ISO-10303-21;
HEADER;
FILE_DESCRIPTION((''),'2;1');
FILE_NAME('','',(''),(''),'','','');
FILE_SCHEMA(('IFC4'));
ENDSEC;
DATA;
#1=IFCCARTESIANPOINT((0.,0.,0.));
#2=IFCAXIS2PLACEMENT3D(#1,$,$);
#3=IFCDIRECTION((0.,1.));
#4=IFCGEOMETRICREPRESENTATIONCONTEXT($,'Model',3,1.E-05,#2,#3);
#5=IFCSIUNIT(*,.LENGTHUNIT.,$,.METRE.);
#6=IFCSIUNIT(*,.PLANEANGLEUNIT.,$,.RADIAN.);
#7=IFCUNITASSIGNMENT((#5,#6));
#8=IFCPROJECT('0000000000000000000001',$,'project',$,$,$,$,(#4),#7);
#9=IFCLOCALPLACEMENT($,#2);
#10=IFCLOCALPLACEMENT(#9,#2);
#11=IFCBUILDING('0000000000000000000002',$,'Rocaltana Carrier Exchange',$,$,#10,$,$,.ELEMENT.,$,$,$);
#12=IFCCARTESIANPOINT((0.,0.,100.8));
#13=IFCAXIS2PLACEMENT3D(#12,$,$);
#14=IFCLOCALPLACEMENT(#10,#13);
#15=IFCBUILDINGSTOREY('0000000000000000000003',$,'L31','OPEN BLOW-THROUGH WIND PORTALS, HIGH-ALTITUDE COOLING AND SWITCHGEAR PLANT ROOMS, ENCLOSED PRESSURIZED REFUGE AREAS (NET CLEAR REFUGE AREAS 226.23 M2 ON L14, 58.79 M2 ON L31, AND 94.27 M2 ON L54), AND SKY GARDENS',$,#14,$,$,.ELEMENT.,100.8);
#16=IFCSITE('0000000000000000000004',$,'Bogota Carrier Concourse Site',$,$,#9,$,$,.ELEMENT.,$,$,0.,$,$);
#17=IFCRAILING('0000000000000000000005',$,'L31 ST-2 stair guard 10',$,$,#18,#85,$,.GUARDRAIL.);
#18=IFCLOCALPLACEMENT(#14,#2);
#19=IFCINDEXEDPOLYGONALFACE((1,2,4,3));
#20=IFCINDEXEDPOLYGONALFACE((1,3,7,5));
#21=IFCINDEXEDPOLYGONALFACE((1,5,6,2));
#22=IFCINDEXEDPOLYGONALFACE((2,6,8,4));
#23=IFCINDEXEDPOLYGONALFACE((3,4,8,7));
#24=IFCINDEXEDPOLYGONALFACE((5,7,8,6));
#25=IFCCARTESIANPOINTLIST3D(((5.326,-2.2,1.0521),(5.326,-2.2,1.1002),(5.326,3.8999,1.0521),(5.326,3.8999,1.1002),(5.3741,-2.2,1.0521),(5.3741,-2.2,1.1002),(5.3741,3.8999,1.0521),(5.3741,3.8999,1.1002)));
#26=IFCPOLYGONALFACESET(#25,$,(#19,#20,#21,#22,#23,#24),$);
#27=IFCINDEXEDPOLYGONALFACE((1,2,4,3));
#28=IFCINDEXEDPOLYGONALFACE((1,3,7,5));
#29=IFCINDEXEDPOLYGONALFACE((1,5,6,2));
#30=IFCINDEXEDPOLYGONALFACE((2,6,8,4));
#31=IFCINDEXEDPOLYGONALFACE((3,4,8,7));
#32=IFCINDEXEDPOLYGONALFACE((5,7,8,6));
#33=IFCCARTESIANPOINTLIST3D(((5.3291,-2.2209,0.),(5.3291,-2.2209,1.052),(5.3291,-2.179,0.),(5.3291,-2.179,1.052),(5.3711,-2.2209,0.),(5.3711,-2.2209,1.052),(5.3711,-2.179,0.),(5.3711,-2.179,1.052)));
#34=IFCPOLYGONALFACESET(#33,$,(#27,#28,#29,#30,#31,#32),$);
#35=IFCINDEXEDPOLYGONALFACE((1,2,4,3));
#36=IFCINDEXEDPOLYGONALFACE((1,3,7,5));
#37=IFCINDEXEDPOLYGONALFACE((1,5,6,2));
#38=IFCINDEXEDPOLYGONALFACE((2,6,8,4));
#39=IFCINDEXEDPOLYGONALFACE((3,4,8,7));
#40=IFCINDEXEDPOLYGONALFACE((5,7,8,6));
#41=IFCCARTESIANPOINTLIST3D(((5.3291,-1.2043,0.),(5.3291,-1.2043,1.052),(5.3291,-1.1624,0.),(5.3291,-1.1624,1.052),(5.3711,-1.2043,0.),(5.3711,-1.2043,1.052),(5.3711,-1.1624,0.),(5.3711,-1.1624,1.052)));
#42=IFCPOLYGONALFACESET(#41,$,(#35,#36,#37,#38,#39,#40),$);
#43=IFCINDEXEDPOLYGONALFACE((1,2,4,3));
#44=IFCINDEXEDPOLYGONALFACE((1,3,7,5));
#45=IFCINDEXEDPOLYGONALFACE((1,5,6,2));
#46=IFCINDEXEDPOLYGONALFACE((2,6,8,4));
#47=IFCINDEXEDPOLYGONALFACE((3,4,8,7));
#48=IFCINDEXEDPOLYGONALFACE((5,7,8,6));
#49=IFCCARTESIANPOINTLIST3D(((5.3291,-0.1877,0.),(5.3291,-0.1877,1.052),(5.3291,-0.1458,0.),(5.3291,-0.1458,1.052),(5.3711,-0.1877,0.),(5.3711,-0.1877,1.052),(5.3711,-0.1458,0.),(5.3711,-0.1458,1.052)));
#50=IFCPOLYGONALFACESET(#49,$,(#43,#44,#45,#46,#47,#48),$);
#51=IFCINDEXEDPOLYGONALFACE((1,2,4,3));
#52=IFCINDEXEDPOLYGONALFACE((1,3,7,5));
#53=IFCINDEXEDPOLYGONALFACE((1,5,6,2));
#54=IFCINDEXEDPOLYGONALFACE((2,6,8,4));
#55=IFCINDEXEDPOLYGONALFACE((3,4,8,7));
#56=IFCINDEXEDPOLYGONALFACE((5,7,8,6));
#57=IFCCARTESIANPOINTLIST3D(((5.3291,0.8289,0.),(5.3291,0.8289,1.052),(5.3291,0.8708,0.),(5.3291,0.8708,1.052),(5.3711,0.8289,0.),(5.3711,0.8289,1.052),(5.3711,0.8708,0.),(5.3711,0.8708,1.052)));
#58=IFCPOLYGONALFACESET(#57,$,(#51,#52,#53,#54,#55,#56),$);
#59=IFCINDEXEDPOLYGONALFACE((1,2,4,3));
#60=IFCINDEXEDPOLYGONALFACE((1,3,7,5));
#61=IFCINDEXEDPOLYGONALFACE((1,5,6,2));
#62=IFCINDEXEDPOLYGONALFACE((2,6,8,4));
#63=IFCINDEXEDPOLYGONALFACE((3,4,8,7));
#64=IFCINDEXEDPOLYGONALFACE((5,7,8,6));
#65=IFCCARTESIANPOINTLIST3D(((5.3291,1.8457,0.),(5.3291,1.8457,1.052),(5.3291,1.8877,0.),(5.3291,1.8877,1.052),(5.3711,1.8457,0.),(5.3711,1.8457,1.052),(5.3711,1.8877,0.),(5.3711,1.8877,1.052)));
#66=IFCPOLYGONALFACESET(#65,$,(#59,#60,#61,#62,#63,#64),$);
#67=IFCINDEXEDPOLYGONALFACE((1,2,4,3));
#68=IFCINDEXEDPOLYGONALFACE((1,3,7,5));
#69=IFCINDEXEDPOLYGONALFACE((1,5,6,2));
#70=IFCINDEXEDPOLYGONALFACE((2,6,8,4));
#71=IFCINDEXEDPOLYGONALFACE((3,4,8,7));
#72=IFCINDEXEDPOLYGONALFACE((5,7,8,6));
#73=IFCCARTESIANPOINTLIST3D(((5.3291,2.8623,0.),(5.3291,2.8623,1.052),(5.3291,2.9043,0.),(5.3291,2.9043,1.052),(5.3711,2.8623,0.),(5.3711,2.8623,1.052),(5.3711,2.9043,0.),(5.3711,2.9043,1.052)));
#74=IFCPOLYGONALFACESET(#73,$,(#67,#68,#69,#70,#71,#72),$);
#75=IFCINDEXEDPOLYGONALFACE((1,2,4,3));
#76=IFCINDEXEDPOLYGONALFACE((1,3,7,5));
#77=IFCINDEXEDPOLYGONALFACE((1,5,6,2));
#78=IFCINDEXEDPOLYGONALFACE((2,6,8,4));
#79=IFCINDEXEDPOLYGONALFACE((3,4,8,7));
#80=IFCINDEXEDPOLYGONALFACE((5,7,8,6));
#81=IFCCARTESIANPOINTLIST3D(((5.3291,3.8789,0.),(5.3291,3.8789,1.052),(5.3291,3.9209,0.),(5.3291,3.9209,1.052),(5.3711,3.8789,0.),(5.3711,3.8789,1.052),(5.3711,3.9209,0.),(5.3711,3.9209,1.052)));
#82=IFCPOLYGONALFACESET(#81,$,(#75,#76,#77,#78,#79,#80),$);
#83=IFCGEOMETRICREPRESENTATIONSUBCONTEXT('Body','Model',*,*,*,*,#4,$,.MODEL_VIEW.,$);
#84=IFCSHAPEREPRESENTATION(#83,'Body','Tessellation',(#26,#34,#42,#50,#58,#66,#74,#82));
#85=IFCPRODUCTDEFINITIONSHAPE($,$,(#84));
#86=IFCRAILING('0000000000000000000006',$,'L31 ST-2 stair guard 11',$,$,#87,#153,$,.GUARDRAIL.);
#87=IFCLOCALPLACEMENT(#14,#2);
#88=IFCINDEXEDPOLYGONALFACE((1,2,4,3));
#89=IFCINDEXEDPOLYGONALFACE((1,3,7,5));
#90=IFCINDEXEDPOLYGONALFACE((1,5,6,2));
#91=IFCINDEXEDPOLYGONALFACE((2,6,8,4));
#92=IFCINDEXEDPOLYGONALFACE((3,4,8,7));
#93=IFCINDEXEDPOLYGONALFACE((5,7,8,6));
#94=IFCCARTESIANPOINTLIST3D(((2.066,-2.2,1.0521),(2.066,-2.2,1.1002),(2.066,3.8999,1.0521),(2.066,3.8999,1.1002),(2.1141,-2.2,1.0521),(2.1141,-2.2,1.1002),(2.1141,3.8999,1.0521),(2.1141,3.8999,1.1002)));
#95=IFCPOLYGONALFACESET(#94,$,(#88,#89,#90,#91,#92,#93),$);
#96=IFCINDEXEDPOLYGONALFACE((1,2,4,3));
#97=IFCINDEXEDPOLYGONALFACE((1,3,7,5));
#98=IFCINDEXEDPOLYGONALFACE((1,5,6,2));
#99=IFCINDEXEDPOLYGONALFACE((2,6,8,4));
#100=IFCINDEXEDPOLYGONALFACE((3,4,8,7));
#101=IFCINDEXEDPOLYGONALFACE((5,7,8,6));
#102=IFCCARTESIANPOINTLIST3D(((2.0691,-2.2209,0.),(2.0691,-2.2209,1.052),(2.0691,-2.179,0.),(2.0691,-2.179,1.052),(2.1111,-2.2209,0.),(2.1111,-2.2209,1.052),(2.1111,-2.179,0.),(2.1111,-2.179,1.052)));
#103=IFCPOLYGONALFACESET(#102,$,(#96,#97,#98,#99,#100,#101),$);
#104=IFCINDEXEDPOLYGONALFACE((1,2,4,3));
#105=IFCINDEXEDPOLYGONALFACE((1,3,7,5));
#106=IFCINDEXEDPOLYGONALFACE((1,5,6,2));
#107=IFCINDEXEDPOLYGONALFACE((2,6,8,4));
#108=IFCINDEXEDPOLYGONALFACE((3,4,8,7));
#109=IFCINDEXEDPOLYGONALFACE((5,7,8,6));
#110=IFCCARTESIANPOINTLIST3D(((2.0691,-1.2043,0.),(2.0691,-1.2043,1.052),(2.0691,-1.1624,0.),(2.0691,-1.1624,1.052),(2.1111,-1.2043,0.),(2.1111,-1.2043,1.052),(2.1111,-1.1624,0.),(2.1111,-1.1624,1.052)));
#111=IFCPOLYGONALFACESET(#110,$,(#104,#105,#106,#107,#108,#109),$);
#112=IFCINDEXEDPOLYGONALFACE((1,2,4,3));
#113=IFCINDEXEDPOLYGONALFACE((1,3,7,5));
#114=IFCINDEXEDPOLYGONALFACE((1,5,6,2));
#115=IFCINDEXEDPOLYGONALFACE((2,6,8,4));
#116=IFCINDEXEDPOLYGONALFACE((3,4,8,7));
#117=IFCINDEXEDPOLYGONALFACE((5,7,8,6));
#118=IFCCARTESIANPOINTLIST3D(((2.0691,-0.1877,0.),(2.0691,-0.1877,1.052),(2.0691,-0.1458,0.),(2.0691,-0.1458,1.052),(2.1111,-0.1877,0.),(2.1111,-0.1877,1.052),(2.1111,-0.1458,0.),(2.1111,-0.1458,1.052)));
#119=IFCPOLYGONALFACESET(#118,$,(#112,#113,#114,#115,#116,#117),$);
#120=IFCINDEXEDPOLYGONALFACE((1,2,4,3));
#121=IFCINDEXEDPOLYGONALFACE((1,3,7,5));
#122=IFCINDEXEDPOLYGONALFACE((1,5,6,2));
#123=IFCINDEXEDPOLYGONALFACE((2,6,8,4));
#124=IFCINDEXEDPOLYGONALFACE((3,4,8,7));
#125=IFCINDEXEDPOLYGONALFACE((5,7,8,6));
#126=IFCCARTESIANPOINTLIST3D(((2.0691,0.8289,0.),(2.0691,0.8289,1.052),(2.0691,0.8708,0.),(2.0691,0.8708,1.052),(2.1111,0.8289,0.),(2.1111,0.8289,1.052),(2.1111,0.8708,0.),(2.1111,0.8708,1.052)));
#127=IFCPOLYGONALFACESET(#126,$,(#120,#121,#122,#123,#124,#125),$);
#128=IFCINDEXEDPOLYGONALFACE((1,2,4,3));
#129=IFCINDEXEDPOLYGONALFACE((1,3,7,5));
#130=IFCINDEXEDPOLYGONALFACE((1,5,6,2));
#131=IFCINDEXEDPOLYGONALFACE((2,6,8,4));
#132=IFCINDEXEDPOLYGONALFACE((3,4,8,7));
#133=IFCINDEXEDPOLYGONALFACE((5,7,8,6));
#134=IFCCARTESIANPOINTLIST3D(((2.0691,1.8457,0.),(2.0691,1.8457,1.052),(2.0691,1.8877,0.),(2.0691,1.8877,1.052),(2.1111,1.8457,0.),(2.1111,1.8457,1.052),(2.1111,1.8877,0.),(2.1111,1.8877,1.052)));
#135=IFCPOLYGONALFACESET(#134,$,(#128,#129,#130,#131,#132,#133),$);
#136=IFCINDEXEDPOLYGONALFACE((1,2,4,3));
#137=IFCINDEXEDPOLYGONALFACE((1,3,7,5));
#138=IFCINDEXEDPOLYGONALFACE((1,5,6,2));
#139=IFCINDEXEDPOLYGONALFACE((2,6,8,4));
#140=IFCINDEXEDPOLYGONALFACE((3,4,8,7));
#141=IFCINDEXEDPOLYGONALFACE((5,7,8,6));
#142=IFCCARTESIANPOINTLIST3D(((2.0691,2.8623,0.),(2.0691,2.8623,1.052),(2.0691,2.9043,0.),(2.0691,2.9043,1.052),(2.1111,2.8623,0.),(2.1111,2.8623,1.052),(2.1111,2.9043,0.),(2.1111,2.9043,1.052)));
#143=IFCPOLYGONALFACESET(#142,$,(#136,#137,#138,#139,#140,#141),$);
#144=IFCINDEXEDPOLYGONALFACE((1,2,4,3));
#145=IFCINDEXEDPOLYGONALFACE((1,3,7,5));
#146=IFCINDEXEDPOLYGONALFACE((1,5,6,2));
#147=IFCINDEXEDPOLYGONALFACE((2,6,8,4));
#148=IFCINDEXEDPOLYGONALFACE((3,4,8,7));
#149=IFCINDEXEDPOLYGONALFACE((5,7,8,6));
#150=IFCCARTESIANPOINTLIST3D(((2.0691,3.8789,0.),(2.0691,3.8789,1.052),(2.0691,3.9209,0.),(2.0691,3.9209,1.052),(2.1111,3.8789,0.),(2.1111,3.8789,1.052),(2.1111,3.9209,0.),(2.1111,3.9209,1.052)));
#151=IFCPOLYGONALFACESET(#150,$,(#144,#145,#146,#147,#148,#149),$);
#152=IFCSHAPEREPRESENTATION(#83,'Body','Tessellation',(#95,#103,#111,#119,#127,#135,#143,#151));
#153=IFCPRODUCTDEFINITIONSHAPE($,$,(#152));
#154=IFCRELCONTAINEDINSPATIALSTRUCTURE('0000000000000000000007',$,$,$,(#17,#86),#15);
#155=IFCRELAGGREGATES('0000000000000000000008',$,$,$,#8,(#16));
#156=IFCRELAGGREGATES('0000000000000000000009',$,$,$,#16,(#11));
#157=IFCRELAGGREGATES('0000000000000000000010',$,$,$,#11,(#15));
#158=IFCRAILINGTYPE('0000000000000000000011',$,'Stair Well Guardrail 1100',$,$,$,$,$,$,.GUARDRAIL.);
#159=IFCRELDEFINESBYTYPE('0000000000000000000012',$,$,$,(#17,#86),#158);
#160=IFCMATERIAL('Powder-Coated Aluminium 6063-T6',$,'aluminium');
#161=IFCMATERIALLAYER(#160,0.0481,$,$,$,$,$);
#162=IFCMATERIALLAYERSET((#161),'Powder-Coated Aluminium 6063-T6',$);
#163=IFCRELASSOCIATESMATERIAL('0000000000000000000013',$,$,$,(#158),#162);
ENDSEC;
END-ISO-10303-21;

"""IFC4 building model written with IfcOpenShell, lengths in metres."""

from ifc_helpers import new_model, si_unit, direction, frame, origin, origin_2d, place, context, subcontext, project, spatial, rectangle, extrude, material, layer, layer_set, type_object, element, save


model = new_model("IFC4")

# Units and contexts
model_context = context("Model", 3, precision=1e-05, world=origin(), true_north=direction((0.0, 1.0)))
body_context = subcontext(model_context, "Body", "Model", "MODEL_VIEW")
ifc_project = project(units=[si_unit("LENGTHUNIT", "METRE"), si_unit("PLANEANGLEUNIT", "RADIAN")], contexts=[model_context])

# Site, building, storey
site_placement = place(None, origin())
site = spatial("IfcSite", under=ifc_project, at=site_placement, Name="Bogota Carrier Concourse Site", CompositionType="ELEMENT", RefElevation=0.0)
building_placement = place(site_placement, origin())
building = spatial("IfcBuilding", under=site, at=building_placement, Name="Rocaltana Carrier Exchange", CompositionType="ELEMENT")
storey_placement = place(building_placement, frame((0.0, 0.0, 100.8)))
storey = spatial("IfcBuildingStorey", under=building, at=storey_placement, Name="L31", Description="OPEN BLOW-THROUGH WIND PORTALS, HIGH-ALTITUDE COOLING AND SWITCHGEAR PLANT ROOMS, ENCLOSED PRESSURIZED REFUGE AREAS (NET CLEAR REFUGE AREAS 226.23 M2 ON L14, 58.79 M2 ON L31, AND 94.27 M2 ON L54), AND SKY GARDENS", CompositionType="ELEMENT", Elevation=100.8)

# Railings
ifc_material_1 = material(Name="Powder-Coated Aluminium 6063-T6", Category="aluminium")
ifc_layer_1 = layer(ifc_material_1, 0.0481)
ifc_layer_set_1 = layer_set([ifc_layer_1], Name="Powder-Coated Aluminium 6063-T6")
railing_type_1 = type_object("IfcRailingType", Name="Stair Well Guardrail 1100", PredefinedType="GUARDRAIL", material=ifc_layer_set_1)
for number, where, name in (
    (1, (5.3501, -2.2, 0.0), "L31 ST-2 stair guard 10"),
    (2, (2.0901, -2.2, 0.0), "L31 ST-2 stair guard 11"),
):
    element("IfcRailing", number, at=place(storey_placement, frame(where)), inside=storey, type_object=railing_type_1, Name=name, PredefinedType="GUARDRAIL", context=body_context, shape_type="SweptSolid", body=[
        extrude(rectangle(XDim=0.0481, YDim=0.0481, at=origin_2d()), frame((0.0, 0.0, 1.0762), z_axis=(0.0, 1.0, 0.0), x_axis=(-1.0, 0.0, 0.0)), (0.0, 0.0, 1.0), 6.0999),
        extrude(rectangle(XDim=0.042, YDim=0.042, at=origin_2d()), origin(), (0.0, 0.0, 1.0), 1.052),
        extrude(rectangle(XDim=0.042, YDim=0.042, at=origin_2d()), frame((0.0, 1.0166, 0.0)), (0.0, 0.0, 1.0), 1.052),
        extrude(rectangle(XDim=0.042, YDim=0.042, at=origin_2d()), frame((0.0, 2.0332, 0.0)), (0.0, 0.0, 1.0), 1.052),
        extrude(rectangle(XDim=0.042, YDim=0.042, at=origin_2d()), frame((0.0, 3.0498, 0.0)), (0.0, 0.0, 1.0), 1.052),
        extrude(rectangle(XDim=0.042, YDim=0.042, at=origin_2d()), frame((0.0, 4.0667, 0.0)), (0.0, 0.0, 1.0), 1.052),
        extrude(rectangle(XDim=0.042, YDim=0.042, at=origin_2d()), frame((0.0, 5.0833, 0.0)), (0.0, 0.0, 1.0), 1.052),
        extrude(rectangle(XDim=0.042, YDim=0.042, at=origin_2d()), frame((0.0, 6.0999, 0.0)), (0.0, 0.0, 1.0), 1.052),
    ])

save(model, "model.ifc")
